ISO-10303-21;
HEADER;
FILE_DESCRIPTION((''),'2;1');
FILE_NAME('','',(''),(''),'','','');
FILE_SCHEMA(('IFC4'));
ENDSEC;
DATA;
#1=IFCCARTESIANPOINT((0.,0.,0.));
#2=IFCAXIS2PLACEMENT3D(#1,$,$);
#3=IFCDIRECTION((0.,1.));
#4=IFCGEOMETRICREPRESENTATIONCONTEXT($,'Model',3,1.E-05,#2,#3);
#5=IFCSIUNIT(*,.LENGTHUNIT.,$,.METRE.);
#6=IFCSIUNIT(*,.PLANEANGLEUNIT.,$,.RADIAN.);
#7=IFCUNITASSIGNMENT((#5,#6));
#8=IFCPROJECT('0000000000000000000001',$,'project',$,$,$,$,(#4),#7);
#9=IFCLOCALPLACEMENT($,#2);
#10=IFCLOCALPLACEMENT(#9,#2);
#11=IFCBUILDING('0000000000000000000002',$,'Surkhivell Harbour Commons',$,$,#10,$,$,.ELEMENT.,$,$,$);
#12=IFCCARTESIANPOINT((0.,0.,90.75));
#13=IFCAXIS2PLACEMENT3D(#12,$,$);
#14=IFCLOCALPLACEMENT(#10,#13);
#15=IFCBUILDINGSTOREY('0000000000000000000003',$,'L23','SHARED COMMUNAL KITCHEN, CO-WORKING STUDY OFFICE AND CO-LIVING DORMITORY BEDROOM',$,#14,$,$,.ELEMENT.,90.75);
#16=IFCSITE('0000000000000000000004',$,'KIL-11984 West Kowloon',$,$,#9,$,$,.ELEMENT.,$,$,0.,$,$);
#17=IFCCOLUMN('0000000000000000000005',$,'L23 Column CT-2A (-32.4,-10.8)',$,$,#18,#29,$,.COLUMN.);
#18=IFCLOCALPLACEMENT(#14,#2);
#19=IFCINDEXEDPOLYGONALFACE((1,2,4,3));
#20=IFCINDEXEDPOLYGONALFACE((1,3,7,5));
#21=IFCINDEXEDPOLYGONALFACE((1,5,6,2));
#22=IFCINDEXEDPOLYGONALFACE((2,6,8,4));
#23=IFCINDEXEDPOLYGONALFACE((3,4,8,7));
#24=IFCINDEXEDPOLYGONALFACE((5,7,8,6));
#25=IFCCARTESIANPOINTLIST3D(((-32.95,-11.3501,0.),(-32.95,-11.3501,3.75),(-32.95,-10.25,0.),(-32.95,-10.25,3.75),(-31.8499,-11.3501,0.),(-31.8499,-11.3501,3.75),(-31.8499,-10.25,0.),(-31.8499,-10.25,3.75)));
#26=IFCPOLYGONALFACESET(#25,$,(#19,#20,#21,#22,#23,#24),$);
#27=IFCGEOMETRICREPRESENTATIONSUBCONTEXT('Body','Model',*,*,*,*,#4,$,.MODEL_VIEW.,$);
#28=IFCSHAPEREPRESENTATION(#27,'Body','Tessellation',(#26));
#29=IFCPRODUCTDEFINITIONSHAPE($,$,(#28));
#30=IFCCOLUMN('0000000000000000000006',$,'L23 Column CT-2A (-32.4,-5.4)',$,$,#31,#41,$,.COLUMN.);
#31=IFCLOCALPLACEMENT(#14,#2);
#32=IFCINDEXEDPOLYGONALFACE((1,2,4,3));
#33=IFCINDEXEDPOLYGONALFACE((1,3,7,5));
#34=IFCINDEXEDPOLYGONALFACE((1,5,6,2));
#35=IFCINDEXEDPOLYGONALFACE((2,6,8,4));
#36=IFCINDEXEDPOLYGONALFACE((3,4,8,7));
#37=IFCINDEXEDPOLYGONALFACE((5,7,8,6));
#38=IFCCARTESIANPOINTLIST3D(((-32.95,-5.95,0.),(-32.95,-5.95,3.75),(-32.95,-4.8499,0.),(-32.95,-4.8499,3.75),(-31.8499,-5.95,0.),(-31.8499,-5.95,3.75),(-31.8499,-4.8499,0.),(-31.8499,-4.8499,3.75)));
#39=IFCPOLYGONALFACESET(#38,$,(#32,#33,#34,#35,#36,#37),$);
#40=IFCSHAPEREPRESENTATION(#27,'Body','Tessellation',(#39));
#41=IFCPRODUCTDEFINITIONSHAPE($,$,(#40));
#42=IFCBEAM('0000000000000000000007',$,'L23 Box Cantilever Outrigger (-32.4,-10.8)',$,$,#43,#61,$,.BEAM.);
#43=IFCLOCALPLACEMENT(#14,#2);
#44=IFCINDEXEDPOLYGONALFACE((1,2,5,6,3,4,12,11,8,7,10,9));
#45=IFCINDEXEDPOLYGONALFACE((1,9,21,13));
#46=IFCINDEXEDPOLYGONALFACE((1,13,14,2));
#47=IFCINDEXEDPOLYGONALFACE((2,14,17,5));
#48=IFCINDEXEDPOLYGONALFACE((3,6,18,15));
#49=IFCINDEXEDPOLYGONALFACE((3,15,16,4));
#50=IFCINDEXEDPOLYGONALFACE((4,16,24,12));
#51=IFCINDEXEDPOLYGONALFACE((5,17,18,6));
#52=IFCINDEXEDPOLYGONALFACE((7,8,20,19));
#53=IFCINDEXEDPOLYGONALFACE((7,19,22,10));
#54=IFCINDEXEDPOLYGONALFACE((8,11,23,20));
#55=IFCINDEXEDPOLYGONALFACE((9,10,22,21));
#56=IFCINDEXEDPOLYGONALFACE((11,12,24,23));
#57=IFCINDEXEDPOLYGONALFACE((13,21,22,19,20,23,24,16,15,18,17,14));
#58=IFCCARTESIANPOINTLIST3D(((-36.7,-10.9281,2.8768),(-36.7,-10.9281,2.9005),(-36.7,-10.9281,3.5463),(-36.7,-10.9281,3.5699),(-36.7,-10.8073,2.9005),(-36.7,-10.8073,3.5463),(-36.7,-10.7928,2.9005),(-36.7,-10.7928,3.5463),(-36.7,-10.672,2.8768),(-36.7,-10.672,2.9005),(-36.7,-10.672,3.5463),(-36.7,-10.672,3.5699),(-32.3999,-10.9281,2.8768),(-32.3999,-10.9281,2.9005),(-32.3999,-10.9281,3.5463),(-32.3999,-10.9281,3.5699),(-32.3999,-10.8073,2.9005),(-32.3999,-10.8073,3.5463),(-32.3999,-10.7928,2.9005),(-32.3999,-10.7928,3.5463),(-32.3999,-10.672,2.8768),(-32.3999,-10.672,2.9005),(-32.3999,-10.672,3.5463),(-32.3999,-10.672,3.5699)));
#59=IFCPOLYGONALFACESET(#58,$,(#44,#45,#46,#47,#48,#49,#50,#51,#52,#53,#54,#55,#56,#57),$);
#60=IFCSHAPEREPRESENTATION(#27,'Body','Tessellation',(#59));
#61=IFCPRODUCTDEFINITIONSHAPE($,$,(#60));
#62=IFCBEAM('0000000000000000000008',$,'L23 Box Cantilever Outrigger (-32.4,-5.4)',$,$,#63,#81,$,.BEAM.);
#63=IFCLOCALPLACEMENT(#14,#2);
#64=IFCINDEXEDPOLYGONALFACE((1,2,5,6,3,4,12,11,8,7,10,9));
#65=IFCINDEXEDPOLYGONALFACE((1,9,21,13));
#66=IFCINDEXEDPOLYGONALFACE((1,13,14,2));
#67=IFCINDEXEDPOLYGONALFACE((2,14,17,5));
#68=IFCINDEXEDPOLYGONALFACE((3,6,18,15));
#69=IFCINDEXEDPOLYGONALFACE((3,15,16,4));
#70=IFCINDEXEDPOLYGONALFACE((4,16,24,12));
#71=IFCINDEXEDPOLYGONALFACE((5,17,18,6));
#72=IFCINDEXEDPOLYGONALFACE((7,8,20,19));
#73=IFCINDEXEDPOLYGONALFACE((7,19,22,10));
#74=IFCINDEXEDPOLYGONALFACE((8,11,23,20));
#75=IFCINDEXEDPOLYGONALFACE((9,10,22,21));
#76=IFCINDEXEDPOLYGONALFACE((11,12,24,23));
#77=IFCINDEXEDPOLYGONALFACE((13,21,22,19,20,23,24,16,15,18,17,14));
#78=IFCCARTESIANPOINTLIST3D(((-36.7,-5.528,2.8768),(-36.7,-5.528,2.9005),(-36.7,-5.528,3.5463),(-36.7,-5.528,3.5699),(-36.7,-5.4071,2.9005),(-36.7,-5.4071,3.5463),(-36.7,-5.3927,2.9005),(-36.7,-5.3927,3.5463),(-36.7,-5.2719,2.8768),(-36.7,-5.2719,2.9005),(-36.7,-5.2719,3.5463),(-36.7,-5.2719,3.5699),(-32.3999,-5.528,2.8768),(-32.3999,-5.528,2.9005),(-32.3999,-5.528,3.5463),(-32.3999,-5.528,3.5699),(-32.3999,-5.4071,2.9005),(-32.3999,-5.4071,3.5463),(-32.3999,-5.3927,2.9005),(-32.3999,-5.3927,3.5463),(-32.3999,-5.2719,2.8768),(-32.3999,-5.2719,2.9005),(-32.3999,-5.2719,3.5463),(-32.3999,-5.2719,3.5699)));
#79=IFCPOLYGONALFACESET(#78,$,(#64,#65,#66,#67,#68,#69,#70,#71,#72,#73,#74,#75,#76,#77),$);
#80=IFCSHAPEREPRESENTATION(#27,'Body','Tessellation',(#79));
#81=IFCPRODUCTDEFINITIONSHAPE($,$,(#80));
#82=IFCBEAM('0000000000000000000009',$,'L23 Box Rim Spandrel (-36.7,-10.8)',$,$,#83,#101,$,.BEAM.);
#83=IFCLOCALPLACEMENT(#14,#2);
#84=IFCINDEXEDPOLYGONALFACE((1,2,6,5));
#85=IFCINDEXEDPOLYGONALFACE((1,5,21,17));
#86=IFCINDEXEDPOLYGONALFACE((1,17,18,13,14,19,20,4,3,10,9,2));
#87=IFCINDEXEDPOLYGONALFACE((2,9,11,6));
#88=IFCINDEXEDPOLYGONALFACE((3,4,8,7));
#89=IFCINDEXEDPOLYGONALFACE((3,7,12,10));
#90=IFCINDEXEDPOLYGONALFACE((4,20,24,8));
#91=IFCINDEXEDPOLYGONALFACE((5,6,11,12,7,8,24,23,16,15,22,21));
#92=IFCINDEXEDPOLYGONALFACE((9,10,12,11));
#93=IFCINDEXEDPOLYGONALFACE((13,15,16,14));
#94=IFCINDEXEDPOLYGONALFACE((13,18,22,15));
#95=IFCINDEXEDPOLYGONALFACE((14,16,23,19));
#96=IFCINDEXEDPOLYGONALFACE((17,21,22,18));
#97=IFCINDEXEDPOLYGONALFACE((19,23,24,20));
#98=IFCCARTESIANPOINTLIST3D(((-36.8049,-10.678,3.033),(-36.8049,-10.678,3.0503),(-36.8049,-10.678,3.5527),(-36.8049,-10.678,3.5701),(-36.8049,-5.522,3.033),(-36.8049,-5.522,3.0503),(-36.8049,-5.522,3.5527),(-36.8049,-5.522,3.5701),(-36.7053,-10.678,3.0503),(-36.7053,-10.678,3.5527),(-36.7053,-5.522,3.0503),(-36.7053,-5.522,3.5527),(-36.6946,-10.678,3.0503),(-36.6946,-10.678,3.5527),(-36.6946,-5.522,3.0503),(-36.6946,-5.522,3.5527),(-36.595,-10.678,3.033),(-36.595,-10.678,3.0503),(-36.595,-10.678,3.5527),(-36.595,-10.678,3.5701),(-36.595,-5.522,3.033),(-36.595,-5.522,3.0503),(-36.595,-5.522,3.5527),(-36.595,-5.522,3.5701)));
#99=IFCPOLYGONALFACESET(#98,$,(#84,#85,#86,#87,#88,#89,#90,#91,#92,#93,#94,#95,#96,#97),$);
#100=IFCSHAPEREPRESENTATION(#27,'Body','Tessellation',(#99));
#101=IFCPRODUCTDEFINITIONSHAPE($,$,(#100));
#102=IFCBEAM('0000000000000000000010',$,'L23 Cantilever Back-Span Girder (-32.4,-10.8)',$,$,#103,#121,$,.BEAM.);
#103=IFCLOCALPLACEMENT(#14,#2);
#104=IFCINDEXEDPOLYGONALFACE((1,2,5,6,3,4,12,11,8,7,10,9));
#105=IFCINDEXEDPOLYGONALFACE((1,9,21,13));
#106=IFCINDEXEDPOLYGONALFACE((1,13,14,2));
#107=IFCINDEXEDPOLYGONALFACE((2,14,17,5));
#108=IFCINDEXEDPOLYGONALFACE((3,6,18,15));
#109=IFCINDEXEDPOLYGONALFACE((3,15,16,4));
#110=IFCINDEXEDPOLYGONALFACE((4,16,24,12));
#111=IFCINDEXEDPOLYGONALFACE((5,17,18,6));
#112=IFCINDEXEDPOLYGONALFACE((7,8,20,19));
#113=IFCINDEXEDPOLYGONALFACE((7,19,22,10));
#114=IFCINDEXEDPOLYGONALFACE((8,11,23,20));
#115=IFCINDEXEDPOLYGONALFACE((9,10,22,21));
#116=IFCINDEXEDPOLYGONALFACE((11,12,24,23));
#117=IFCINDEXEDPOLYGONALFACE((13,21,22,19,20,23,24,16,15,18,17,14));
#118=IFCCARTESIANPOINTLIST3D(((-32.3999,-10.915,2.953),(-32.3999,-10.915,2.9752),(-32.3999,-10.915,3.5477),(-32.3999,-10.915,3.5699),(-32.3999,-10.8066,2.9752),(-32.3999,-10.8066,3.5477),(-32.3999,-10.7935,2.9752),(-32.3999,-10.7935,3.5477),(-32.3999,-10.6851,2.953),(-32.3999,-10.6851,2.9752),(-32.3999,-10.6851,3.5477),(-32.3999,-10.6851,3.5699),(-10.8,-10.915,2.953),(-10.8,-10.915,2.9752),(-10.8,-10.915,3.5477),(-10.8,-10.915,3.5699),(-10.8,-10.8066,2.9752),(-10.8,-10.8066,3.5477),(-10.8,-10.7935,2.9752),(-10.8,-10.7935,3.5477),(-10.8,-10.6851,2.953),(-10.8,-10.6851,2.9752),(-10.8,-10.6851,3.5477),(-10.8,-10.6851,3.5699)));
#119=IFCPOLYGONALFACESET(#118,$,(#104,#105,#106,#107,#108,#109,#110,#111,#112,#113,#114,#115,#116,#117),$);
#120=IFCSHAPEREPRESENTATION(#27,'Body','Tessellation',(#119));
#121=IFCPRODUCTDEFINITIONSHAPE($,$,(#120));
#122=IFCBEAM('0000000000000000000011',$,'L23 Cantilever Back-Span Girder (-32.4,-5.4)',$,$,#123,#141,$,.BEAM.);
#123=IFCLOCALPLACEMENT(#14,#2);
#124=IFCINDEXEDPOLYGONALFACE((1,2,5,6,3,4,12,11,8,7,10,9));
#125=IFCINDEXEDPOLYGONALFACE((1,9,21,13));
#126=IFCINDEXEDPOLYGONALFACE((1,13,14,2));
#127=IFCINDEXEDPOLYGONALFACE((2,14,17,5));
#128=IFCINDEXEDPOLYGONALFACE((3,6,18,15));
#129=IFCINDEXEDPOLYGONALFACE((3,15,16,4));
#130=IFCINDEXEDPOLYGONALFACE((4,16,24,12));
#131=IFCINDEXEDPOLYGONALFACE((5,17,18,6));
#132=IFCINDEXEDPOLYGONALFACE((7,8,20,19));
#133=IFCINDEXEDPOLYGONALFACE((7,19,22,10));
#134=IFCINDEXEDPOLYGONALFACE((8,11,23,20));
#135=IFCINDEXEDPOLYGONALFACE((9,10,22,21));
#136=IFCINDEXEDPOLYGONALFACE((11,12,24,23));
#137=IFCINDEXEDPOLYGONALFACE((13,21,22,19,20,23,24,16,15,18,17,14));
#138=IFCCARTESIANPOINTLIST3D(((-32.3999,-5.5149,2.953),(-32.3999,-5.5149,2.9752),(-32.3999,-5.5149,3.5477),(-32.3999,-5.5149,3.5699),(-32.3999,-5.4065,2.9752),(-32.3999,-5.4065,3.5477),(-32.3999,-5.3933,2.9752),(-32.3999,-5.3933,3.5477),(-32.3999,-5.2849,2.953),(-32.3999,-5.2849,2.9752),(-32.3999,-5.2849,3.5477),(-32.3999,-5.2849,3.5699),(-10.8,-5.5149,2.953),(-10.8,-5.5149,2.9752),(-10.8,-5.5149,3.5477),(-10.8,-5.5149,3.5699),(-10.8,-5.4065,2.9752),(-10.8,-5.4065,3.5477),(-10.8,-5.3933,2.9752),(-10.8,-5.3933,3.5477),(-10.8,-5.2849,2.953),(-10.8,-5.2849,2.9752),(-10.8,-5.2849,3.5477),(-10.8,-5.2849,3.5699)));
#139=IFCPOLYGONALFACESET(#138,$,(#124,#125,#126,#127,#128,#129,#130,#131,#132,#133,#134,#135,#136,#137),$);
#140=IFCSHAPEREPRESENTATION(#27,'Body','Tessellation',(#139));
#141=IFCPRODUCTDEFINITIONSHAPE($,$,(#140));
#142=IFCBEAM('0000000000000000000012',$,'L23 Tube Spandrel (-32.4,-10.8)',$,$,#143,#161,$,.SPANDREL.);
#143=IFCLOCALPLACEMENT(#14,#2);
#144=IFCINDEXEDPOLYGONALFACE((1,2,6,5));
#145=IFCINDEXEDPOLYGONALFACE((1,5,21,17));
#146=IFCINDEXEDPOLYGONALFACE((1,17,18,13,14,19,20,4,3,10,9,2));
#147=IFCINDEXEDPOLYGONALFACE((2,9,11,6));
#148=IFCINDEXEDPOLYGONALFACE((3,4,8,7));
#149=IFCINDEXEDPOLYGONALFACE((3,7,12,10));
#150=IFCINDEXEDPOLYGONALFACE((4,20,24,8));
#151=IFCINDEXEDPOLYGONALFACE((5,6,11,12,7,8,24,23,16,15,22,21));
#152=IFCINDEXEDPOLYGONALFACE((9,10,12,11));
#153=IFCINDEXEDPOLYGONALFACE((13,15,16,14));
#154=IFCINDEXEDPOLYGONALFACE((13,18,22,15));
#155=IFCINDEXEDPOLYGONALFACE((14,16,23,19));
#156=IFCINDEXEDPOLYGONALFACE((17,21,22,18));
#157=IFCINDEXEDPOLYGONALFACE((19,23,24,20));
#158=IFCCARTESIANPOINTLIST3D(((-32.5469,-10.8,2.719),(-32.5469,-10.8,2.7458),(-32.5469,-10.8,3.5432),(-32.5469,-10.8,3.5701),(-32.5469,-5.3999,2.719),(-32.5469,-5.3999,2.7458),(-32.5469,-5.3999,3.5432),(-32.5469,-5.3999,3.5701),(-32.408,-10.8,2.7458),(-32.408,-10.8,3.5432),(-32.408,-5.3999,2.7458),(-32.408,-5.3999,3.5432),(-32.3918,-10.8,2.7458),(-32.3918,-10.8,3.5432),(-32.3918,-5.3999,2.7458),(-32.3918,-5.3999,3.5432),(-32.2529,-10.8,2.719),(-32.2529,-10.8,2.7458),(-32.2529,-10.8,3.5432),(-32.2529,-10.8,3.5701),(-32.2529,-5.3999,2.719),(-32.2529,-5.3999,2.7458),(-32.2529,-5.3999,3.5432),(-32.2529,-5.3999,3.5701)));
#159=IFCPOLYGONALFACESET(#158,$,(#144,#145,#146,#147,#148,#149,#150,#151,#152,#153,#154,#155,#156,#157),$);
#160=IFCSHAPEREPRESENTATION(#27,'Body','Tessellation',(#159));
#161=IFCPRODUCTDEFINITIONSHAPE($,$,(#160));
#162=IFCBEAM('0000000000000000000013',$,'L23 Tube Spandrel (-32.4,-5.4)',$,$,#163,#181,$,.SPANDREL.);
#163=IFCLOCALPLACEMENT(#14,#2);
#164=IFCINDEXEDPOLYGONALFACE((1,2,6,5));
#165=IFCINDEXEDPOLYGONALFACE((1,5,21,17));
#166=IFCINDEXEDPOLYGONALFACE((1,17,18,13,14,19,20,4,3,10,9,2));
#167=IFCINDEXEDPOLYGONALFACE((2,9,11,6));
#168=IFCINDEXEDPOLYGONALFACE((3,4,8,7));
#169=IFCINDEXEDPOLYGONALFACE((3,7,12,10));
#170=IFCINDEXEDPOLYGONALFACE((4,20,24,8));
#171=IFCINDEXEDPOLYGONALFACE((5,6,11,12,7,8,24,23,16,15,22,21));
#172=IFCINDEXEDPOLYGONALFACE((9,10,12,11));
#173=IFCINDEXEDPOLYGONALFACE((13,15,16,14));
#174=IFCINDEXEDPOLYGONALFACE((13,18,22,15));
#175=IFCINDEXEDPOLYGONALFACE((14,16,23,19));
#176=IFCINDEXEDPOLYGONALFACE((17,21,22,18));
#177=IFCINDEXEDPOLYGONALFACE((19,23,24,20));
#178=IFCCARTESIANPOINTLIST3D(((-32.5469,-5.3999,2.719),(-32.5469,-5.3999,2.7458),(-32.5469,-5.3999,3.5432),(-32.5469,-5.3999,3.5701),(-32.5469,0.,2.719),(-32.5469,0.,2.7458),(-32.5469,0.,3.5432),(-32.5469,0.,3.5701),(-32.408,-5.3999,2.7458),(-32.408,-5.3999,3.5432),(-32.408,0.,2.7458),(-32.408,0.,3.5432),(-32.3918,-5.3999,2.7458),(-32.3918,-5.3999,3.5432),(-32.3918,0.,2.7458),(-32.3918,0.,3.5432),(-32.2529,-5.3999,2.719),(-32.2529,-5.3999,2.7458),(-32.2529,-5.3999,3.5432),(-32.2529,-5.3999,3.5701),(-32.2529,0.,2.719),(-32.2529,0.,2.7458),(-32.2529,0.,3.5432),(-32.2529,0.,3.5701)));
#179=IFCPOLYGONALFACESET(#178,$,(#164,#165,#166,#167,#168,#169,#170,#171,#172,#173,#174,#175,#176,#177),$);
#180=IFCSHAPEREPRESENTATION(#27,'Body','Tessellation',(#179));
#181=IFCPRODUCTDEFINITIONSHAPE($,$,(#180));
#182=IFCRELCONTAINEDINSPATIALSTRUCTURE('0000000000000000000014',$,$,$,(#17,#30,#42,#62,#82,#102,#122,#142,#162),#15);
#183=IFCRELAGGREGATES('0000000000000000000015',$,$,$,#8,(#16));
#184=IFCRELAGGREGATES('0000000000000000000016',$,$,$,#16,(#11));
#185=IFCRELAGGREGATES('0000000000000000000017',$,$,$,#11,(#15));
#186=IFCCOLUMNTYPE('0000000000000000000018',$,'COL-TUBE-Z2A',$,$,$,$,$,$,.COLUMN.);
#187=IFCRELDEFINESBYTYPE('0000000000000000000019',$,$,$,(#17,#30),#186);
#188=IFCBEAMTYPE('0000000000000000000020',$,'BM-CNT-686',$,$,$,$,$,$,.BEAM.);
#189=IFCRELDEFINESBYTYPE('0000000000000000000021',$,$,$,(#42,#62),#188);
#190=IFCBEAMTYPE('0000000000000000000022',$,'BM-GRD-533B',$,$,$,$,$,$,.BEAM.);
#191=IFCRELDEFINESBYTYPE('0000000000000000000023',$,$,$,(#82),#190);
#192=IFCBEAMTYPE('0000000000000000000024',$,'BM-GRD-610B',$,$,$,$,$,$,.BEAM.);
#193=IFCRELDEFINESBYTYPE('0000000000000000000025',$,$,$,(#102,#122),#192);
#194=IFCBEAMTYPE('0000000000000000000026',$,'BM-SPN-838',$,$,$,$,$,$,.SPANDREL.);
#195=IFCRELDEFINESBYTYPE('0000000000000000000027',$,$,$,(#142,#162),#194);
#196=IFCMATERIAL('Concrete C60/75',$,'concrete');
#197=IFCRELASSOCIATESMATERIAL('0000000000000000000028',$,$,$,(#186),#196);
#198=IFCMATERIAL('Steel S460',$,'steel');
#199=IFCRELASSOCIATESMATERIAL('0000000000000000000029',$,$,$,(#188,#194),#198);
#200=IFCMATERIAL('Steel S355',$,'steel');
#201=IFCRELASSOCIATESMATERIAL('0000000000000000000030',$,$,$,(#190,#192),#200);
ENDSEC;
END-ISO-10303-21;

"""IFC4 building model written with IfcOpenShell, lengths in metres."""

from ifc_helpers import new_model, si_unit, direction, frame, origin, origin_2d, place, context, subcontext, project, spatial, rectangle, i_section, extrude, material, material_profile, profile_set, type_object, element, save


model = new_model("IFC4")

# Units and contexts
model_context = context("Model", 3, precision=1e-05, world=origin(), true_north=direction((0.0, 1.0)))
body_context = subcontext(model_context, "Body", "Model", "MODEL_VIEW")
ifc_project = project(units=[si_unit("LENGTHUNIT", "METRE"), si_unit("PLANEANGLEUNIT", "RADIAN")], contexts=[model_context])

# Site, building, storey
site_placement = place(None, origin())
site = spatial("IfcSite", under=ifc_project, at=site_placement, Name="KIL-11984 West Kowloon", CompositionType="ELEMENT", RefElevation=0.0)
building_placement = place(site_placement, origin())
building = spatial("IfcBuilding", under=site, at=building_placement, Name="Surkhivell Harbour Commons", CompositionType="ELEMENT")
storey_placement = place(building_placement, frame((0.0, 0.0, 90.75)))
storey = spatial("IfcBuildingStorey", under=building, at=storey_placement, Name="L23", Description="SHARED COMMUNAL KITCHEN, CO-WORKING STUDY OFFICE AND CO-LIVING DORMITORY BEDROOM", CompositionType="ELEMENT", Elevation=90.75)

# Columns
ifc_material_1 = material(Name="Concrete C60/75", Category="concrete")
ifc_material_profile_1 = material_profile(ifc_material_1, rectangle(XDim=1.1001, YDim=1.1001, at=origin_2d()), Name="RC-COL-1100x1100")
ifc_profile_set_1 = profile_set([ifc_material_profile_1], Name="Concrete C60/75")
column_type = type_object("IfcColumnType", Name="COL-TUBE-Z2A", PredefinedType="COLUMN", material=ifc_profile_set_1)
for number, where, z_axis, x_axis, name in (
    (1, (-32.3999, -10.8, 0.0), (0.0, 0.0, 1.0), (1.0, 0.0, 0.0), "L23 Column CT-2A (-32.4,-10.8)"),
    (2, (-32.3999, -5.3999, 0.0), (0.0, 0.0, 1.0), (1.0, 0.0, 0.0), "L23 Column CT-2A (-32.4,-5.4)"),
):
    element("IfcColumn", number, at=place(storey_placement, frame(where, z_axis=z_axis, x_axis=x_axis)), inside=storey, type_object=column_type, Name=name, PredefinedType="COLUMN", context=body_context, shape_type="SweptSolid", body=[
        extrude(rectangle(XDim=1.1001, YDim=1.1001, at=origin_2d()), origin(), (0.0, 0.0, 1.0), 3.75),
    ])

# Beams
ifc_material_2 = material(Name="Steel S460", Category="steel")
ifc_material_profile_2 = material_profile(ifc_material_2, i_section(OverallWidth=0.2561, OverallDepth=0.6931, WebThickness=0.0144, FlangeThickness=0.0237, at=origin_2d()), Name="UB686x254x170")
ifc_profile_set_2 = profile_set([ifc_material_profile_2], Name="Steel S460")
beam_type_1 = type_object("IfcBeamType", Name="BM-CNT-686", PredefinedType="BEAM", material=ifc_profile_set_2)
for number, where, z_axis, x_axis, name in (
    (3, (-32.3999, -10.8, 3.2234), (-1.0, 0.0, 0.0), (0.0, -1.0, 0.0), "L23 Box Cantilever Outrigger (-32.4,-10.8)"),
    (4, (-32.3999, -5.3999, 3.2234), (-1.0, 0.0, 0.0), (0.0, -1.0, 0.0), "L23 Box Cantilever Outrigger (-32.4,-5.4)"),
):
    element("IfcBeam", number, at=place(storey_placement, frame(where, z_axis=z_axis, x_axis=x_axis)), inside=storey, type_object=beam_type_1, Name=name, PredefinedType="BEAM", context=body_context, shape_type="SweptSolid", body=[
        extrude(i_section(OverallWidth=0.2561, OverallDepth=0.6931, WebThickness=0.0144, FlangeThickness=0.0237, at=origin_2d()), origin(), (0.0, 0.0, 1.0), 4.3),
    ])
ifc_material_3 = material(Name="Steel S355", Category="steel")
ifc_material_profile_3 = material_profile(ifc_material_3, i_section(OverallWidth=0.21, OverallDepth=0.5371, WebThickness=0.0107, FlangeThickness=0.0173, at=origin_2d()), Name="UB533x210x101")
ifc_profile_set_3 = profile_set([ifc_material_profile_3], Name="Steel S355")
beam_type_2 = type_object("IfcBeamType", Name="BM-GRD-533B", PredefinedType="BEAM", material=ifc_profile_set_3)
beam_1_placement = place(storey_placement, frame((-36.7, -10.678, 3.3015), z_axis=(0.0, 1.0, 0.0), x_axis=(-1.0, 0.0, 0.0)))
element("IfcBeam", 5, at=beam_1_placement, inside=storey, type_object=beam_type_2, Name="L23 Box Rim Spandrel (-36.7,-10.8)", PredefinedType="BEAM", context=body_context, shape_type="SweptSolid", body=[
    extrude(i_section(OverallWidth=0.21, OverallDepth=0.5371, WebThickness=0.0107, FlangeThickness=0.0173, at=origin_2d()), origin(), (0.0, 0.0, 1.0), 5.156),
])
ifc_material_profile_4 = material_profile(ifc_material_3, i_section(OverallWidth=0.23, OverallDepth=0.6169, WebThickness=0.0132, FlangeThickness=0.0222, at=origin_2d()), Name="UB610x229x140")
ifc_profile_set_4 = profile_set([ifc_material_profile_4], Name="Steel S355")
beam_type_3 = type_object("IfcBeamType", Name="BM-GRD-610B", PredefinedType="BEAM", material=ifc_profile_set_4)
for number, where, z_axis, x_axis, name in (
    (6, (-32.3999, -10.8, 3.2615), (1.0, 0.0, 0.0), (0.0, 1.0, 0.0), "L23 Cantilever Back-Span Girder (-32.4,-10.8)"),
    (7, (-32.3999, -5.3999, 3.2615), (1.0, 0.0, 0.0), (0.0, 1.0, 0.0), "L23 Cantilever Back-Span Girder (-32.4,-5.4)"),
):
    element("IfcBeam", number, at=place(storey_placement, frame(where, z_axis=z_axis, x_axis=x_axis)), inside=storey, type_object=beam_type_3, Name=name, PredefinedType="BEAM", context=body_context, shape_type="SweptSolid", body=[
        extrude(i_section(OverallWidth=0.23, OverallDepth=0.6169, WebThickness=0.0132, FlangeThickness=0.0222, at=origin_2d()), origin(), (0.0, 0.0, 1.0), 21.5999),
    ])
ifc_material_profile_5 = material_profile(ifc_material_2, i_section(OverallWidth=0.2939, OverallDepth=0.8511, WebThickness=0.0161, FlangeThickness=0.0269, at=origin_2d()), Name="UB838x292x226")
ifc_profile_set_5 = profile_set([ifc_material_profile_5], Name="Steel S460")
beam_type_4 = type_object("IfcBeamType", Name="BM-SPN-838", PredefinedType="SPANDREL", material=ifc_profile_set_5)
beam_2_placement = place(storey_placement, frame((-32.3999, -10.8, 3.1445), z_axis=(0.0, 1.0, 0.0), x_axis=(-1.0, 0.0, 0.0)))
element("IfcBeam", 8, at=beam_2_placement, inside=storey, type_object=beam_type_4, Name="L23 Tube Spandrel (-32.4,-10.8)", PredefinedType="SPANDREL", context=body_context, shape_type="SweptSolid", body=[
    extrude(i_section(OverallWidth=0.2939, OverallDepth=0.8511, WebThickness=0.0161, FlangeThickness=0.0269, at=origin_2d()), origin(), (0.0, 0.0, 1.0), 5.4001),
])
beam_3_placement = place(storey_placement, frame((-32.3999, -5.3999, 3.1445), z_axis=(0.0, 1.0, 0.0), x_axis=(-1.0, 0.0, 0.0)))
element("IfcBeam", 9, at=beam_3_placement, inside=storey, type_object=beam_type_4, Name="L23 Tube Spandrel (-32.4,-5.4)", PredefinedType="SPANDREL", context=body_context, shape_type="SweptSolid", body=[
    extrude(i_section(OverallWidth=0.2939, OverallDepth=0.8511, WebThickness=0.0161, FlangeThickness=0.0269, at=origin_2d()), origin(), (0.0, 0.0, 1.0), 5.3999),
])

save(model, "model.ifc")
